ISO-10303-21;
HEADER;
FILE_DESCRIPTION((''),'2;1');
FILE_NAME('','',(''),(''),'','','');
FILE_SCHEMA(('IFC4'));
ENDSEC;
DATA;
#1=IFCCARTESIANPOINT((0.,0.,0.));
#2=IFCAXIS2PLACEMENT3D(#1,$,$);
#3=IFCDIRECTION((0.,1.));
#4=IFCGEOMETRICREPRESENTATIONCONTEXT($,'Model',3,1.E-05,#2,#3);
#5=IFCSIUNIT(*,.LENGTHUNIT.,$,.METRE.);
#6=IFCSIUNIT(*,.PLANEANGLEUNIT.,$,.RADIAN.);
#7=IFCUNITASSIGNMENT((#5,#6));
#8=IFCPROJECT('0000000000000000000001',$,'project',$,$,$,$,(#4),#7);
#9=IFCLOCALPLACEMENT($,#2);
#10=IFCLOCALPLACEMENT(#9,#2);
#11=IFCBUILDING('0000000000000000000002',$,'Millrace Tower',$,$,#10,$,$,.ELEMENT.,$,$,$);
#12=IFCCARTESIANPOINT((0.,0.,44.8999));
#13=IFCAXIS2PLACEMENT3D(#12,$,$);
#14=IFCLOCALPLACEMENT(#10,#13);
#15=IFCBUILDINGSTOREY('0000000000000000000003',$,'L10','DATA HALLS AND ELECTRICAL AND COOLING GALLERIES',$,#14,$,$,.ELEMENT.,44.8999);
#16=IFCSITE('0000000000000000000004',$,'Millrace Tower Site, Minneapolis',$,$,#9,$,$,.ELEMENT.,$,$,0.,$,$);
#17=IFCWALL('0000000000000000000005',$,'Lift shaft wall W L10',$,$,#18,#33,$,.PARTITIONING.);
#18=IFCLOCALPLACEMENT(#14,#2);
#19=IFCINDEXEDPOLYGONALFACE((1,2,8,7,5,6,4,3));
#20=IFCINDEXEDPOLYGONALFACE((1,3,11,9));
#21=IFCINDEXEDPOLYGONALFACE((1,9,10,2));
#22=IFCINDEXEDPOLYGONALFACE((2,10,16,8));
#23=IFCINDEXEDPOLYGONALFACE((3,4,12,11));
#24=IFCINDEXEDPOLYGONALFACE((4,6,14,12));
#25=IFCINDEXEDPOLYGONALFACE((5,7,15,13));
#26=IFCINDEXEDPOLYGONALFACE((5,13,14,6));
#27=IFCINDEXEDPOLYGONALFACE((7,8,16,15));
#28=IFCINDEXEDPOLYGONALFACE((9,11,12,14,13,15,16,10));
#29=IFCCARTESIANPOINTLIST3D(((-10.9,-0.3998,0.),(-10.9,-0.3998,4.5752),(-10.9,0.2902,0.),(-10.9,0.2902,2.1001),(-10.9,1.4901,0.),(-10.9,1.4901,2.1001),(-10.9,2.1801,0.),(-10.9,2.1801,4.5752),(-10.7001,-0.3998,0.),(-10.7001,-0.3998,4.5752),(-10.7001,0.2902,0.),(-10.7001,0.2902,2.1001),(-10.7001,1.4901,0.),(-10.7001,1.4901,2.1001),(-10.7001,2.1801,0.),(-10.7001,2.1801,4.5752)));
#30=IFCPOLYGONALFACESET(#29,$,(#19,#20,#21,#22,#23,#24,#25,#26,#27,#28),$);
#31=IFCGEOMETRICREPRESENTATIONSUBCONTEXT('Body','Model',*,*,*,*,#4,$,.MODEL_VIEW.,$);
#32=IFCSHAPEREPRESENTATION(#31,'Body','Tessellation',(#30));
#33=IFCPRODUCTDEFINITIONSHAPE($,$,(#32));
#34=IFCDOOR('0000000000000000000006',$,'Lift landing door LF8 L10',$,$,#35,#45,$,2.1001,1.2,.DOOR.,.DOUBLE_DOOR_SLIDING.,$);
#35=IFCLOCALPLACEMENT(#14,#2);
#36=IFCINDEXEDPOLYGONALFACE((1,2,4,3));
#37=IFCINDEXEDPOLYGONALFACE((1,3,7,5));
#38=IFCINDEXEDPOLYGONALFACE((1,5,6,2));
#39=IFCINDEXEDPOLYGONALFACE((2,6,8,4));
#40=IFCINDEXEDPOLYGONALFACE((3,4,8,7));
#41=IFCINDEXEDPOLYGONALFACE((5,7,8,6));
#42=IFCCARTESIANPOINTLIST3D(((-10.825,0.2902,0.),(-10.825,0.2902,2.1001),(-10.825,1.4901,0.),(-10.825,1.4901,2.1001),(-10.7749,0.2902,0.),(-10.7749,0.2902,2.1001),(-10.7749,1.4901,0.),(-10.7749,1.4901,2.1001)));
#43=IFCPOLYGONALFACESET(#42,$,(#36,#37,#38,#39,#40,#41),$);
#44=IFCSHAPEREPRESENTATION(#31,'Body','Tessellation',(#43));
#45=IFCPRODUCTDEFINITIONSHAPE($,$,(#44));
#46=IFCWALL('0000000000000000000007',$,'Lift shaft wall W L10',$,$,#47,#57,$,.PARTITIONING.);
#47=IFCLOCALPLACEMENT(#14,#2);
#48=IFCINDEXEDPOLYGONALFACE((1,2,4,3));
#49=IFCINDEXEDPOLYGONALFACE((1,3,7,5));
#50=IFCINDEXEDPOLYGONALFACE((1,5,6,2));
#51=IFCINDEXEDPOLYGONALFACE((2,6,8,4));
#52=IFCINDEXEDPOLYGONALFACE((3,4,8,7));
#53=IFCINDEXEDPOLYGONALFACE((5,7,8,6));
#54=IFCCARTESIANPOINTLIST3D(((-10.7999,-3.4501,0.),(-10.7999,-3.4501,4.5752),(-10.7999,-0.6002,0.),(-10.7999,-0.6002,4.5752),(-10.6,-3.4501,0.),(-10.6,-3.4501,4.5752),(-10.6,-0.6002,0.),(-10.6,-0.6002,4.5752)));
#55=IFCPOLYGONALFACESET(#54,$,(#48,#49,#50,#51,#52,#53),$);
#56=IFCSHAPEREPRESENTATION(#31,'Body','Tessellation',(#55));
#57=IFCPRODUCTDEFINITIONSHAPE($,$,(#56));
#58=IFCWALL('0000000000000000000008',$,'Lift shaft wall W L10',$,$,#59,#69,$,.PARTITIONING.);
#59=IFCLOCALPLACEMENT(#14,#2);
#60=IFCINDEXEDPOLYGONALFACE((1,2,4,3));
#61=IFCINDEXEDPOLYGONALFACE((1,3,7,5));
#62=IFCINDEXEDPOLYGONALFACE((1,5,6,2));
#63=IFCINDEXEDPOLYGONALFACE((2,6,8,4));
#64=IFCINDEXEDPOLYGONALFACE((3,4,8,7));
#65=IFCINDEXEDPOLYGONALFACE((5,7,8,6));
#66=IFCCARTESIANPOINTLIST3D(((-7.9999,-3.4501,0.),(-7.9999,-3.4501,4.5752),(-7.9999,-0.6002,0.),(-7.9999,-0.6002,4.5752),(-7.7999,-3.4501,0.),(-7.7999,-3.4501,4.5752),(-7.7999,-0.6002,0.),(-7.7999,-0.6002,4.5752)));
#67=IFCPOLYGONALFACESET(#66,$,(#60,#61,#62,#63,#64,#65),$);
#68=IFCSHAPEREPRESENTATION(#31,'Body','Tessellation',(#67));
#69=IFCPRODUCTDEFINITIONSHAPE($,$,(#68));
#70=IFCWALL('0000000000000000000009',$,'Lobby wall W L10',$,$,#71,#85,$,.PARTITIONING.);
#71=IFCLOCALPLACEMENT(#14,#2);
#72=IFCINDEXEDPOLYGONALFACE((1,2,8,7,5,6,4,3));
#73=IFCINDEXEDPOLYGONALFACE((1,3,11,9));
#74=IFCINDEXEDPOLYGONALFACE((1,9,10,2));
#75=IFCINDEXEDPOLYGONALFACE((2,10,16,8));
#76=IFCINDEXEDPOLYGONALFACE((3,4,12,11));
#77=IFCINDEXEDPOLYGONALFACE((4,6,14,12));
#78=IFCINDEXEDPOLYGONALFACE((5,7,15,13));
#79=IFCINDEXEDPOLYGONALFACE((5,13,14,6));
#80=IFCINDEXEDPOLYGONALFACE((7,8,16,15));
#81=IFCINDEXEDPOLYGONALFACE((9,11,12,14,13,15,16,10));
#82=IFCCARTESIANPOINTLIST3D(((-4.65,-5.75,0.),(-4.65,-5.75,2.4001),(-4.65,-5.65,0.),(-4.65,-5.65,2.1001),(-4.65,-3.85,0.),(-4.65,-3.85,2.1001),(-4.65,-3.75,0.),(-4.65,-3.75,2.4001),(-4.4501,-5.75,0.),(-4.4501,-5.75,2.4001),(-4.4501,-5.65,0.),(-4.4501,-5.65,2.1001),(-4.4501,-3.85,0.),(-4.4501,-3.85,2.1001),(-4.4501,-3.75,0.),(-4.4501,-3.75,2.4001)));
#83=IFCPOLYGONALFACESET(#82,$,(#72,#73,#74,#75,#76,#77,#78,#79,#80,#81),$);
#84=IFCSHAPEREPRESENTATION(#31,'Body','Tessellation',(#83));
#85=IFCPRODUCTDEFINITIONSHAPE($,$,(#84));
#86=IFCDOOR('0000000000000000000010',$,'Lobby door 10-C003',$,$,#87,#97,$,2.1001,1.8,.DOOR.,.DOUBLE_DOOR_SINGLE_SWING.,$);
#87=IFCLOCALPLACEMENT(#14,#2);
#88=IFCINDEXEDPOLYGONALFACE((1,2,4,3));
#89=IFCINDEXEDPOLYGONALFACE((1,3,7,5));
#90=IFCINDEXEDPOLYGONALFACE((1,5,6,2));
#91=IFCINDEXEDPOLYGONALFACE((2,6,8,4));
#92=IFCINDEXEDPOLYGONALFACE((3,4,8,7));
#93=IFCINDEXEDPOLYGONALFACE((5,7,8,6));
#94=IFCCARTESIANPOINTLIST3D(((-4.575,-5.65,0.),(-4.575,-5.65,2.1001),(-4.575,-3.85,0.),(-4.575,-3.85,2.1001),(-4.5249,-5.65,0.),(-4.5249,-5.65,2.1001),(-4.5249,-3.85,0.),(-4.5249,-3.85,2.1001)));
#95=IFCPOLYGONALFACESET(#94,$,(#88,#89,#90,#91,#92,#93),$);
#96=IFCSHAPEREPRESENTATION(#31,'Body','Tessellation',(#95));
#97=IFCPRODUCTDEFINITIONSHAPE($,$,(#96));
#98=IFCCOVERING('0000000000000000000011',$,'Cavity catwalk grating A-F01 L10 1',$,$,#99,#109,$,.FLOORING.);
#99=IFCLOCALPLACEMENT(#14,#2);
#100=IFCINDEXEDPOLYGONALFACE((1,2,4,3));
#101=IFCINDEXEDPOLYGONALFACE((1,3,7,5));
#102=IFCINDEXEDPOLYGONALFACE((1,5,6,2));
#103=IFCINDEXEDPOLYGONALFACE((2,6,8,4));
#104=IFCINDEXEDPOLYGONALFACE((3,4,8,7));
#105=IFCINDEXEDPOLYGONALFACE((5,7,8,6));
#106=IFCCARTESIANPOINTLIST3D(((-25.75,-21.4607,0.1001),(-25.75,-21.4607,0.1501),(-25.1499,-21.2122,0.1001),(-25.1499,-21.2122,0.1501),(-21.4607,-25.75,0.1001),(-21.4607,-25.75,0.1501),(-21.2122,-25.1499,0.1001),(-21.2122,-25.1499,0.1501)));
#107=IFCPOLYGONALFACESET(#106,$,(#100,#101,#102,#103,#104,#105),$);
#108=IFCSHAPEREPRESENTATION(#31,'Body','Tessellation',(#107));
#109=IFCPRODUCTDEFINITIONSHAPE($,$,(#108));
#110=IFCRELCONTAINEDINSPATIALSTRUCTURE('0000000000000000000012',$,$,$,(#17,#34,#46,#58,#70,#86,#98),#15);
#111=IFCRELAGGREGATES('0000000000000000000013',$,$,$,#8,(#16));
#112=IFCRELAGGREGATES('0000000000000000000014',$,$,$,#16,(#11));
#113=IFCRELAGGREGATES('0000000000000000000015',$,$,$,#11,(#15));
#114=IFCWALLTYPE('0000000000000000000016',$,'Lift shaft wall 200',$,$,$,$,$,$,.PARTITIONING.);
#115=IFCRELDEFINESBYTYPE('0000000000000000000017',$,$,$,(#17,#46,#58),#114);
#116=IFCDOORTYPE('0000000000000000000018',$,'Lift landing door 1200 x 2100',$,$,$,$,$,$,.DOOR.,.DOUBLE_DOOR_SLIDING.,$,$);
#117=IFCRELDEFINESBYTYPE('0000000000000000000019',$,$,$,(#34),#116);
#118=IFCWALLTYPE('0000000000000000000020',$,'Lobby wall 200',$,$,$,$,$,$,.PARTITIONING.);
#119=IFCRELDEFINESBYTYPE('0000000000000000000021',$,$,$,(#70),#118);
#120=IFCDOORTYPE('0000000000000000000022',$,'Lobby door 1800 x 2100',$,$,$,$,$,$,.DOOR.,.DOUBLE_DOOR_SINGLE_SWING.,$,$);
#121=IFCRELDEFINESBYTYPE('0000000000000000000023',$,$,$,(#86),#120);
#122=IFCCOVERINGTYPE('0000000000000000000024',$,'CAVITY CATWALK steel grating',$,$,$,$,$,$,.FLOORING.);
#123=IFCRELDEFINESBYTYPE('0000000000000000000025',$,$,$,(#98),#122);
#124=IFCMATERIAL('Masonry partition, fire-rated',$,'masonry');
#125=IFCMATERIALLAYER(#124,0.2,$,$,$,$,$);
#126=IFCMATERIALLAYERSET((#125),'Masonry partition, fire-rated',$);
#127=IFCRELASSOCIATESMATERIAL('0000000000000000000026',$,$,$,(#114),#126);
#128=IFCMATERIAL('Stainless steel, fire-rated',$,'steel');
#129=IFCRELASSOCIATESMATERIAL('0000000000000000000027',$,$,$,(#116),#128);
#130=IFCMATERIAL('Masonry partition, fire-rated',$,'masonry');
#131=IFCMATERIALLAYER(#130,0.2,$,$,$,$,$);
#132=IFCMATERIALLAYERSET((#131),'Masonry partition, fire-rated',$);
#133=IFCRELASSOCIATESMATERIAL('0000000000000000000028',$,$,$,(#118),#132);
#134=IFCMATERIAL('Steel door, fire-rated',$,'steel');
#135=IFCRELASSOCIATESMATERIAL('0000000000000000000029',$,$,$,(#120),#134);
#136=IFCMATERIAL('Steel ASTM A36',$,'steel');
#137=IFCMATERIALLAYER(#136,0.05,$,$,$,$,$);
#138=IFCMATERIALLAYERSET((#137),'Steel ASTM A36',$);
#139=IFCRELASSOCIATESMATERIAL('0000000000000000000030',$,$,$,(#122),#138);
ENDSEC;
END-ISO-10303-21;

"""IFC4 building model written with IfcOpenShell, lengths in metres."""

from ifc_helpers import new_model, si_unit, direction, frame, frame_2d, origin, place, context, subcontext, project, spatial, polyline, rectangle, outline, extrude, material, layer, layer_set, type_object, element, fill, save


model = new_model("IFC4")

# Units and contexts
model_context = context("Model", 3, precision=1e-05, world=origin(), true_north=direction((0.0, 1.0)))
body_context = subcontext(model_context, "Body", "Model", "MODEL_VIEW")
ifc_project = project(units=[si_unit("LENGTHUNIT", "METRE"), si_unit("PLANEANGLEUNIT", "RADIAN")], contexts=[model_context])

# Site, building, storey
site_placement = place(None, origin())
site = spatial("IfcSite", under=ifc_project, at=site_placement, Name="Millrace Tower Site, Minneapolis", CompositionType="ELEMENT", RefElevation=0.0)
building_placement = place(site_placement, origin())
building = spatial("IfcBuilding", under=site, at=building_placement, Name="Millrace Tower", CompositionType="ELEMENT")
storey_placement = place(building_placement, frame((0.0, 0.0, 44.8999)))
storey = spatial("IfcBuildingStorey", under=building, at=storey_placement, Name="L10", Description="DATA HALLS AND ELECTRICAL AND COOLING GALLERIES", CompositionType="ELEMENT", Elevation=44.8999)

# Shared definitions
ifc_material_1 = material(Name="Masonry partition, fire-rated", Category="masonry")
ifc_layer_1 = layer(ifc_material_1, 0.2)
ifc_layer_set_1 = layer_set([ifc_layer_1], Name="Masonry partition, fire-rated")
wall_type_1 = type_object("IfcWallType", Name="Lift shaft wall 200", PredefinedType="PARTITIONING", material=ifc_layer_set_1)

# Shared definitions
ifc_material_2 = material(Name="Stainless steel, fire-rated", Category="steel")
door_type_1 = type_object("IfcDoorType", Name="Lift landing door 1200 x 2100", OperationType="DOUBLE_DOOR_SLIDING", PredefinedType="DOOR", material=ifc_material_2)

# Wall, opening, door
wall_1_placement = place(storey_placement, frame((-10.8, -0.3999, 0.0), z_axis=(0.0, 0.0, 1.0), x_axis=(0.0, 1.0, 0.0)))
wall_1 = element("IfcWall", 1, at=wall_1_placement, inside=storey, type_object=wall_type_1, Name="Lift shaft wall W L10", PredefinedType="PARTITIONING", context=body_context, shape_type="SweptSolid", body=[
    extrude(rectangle(XDim=2.5798, YDim=0.2, at=frame_2d((1.29, 0.0))), origin(), (0.0, 0.0, 1.0), 4.5752),
])
opening_1_placement = place(wall_1_placement, frame((0.6899, 0.0, 0.0)))
opening_1 = element("IfcOpeningElement", 2, at=opening_1_placement, cuts=wall_1, PredefinedType="OPENING", context=body_context, shape_type="SweptSolid", body=[
    extrude(rectangle(XDim=1.2, YDim=2.1001, at=frame_2d((0.6001, 1.05))), frame((0.0, 0.1099, 0.0), z_axis=(0.0, -1.0, 0.0), x_axis=(1.0, 0.0, 0.0)), (0.0, 0.0, 1.0), 0.22),
])
door_1_placement = place(opening_1_placement, origin())
door_1 = element("IfcDoor", 3, at=door_1_placement, inside=storey, type_object=door_type_1, Name="Lift landing door LF8 L10", OperationType="DOUBLE_DOOR_SLIDING", OverallHeight=2.1001, OverallWidth=1.2, PredefinedType="DOOR", context=body_context, shape_type="SweptSolid", body=[
    extrude(rectangle(XDim=1.2, YDim=2.1001, at=frame_2d((0.6001, 1.05))), frame((0.0, 0.0249, 0.0), z_axis=(0.0, -1.0, 0.0), x_axis=(1.0, 0.0, 0.0)), (0.0, 0.0, 1.0), 0.05),
])
fill(opening_1, door_1)

# Walls
for number, where, z_axis, x_axis, name in (
    (4, (-10.7, -3.45, 0.0), (0.0, 0.0, 1.0), (0.0, 1.0, 0.0), "Lift shaft wall W L10"),
    (5, (-7.8999, -3.45, 0.0), (0.0, 0.0, 1.0), (0.0, 1.0, 0.0), "Lift shaft wall W L10"),
):
    element("IfcWall", number, at=place(storey_placement, frame(where, z_axis=z_axis, x_axis=x_axis)), inside=storey, type_object=wall_type_1, Name=name, PredefinedType="PARTITIONING", context=body_context, shape_type="SweptSolid", body=[
        extrude(rectangle(XDim=2.8499, YDim=0.2, at=frame_2d((1.4248, 0.0))), origin(), (0.0, 0.0, 1.0), 4.5752),
    ])

# Wall, opening, door
ifc_material_3 = material(Name="Masonry partition, fire-rated", Category="masonry")
ifc_layer_2 = layer(ifc_material_3, 0.2)
ifc_layer_set_2 = layer_set([ifc_layer_2], Name="Masonry partition, fire-rated")
wall_type_2 = type_object("IfcWallType", Name="Lobby wall 200", PredefinedType="PARTITIONING", material=ifc_layer_set_2)
wall_2_placement = place(storey_placement, frame((-4.55, -5.75, 0.0), z_axis=(0.0, 0.0, 1.0), x_axis=(0.0, 1.0, 0.0)))
wall_2 = element("IfcWall", 6, at=wall_2_placement, inside=storey, type_object=wall_type_2, Name="Lobby wall W L10", PredefinedType="PARTITIONING", context=body_context, shape_type="SweptSolid", body=[
    extrude(rectangle(XDim=2.0, YDim=0.2, at=frame_2d((1.0, 0.0))), origin(), (0.0, 0.0, 1.0), 2.4001),
])
opening_2_placement = place(wall_2_placement, frame((0.1001, 0.0, 0.0)))
opening_2 = element("IfcOpeningElement", 7, at=opening_2_placement, cuts=wall_2, PredefinedType="OPENING", context=body_context, shape_type="SweptSolid", body=[
    extrude(rectangle(XDim=1.8, YDim=2.1001, at=frame_2d((0.8999, 1.05))), frame((0.0, 0.1099, 0.0), z_axis=(0.0, -1.0, 0.0), x_axis=(1.0, 0.0, 0.0)), (0.0, 0.0, 1.0), 0.22),
])
ifc_material_4 = material(Name="Steel door, fire-rated", Category="steel")
door_type_2 = type_object("IfcDoorType", Name="Lobby door 1800 x 2100", OperationType="DOUBLE_DOOR_SINGLE_SWING", PredefinedType="DOOR", material=ifc_material_4)
door_2_placement = place(opening_2_placement, origin())
door_2 = element("IfcDoor", 8, at=door_2_placement, inside=storey, type_object=door_type_2, Name="Lobby door 10-C003", OperationType="DOUBLE_DOOR_SINGLE_SWING", OverallHeight=2.1001, OverallWidth=1.8, PredefinedType="DOOR", context=body_context, shape_type="SweptSolid", body=[
    extrude(rectangle(XDim=1.8, YDim=2.1001, at=frame_2d((0.8999, 1.05))), frame((0.0, 0.0249, 0.0), z_axis=(0.0, -1.0, 0.0), x_axis=(1.0, 0.0, 0.0)), (0.0, 0.0, 1.0), 0.05),
])
fill(opening_2, door_2)

# Covering
ifc_material_5 = material(Name="Steel ASTM A36", Category="steel")
ifc_layer_3 = layer(ifc_material_5, 0.05)
ifc_layer_set_3 = layer_set([ifc_layer_3], Name="Steel ASTM A36")
covering_type = type_object("IfcCoveringType", Name="CAVITY CATWALK steel grating", PredefinedType="FLOORING", material=ifc_layer_set_3)
covering_placement = place(storey_placement, frame((0.0, 0.0, 0.1001)))
element("IfcCovering", 9, at=covering_placement, inside=storey, type_object=covering_type, Name="Cavity catwalk grating A-F01 L10 1", PredefinedType="FLOORING", context=body_context, shape_type="SweptSolid", body=[
    extrude(outline(polyline([(-25.75, -21.4607), (-21.4607, -25.75), (-21.2122, -25.1499), (-25.1499, -21.2122), (-25.75, -21.4607)])), origin(), (0.0, 0.0, 1.0), 0.05),
])

save(model, "model.ifc")
